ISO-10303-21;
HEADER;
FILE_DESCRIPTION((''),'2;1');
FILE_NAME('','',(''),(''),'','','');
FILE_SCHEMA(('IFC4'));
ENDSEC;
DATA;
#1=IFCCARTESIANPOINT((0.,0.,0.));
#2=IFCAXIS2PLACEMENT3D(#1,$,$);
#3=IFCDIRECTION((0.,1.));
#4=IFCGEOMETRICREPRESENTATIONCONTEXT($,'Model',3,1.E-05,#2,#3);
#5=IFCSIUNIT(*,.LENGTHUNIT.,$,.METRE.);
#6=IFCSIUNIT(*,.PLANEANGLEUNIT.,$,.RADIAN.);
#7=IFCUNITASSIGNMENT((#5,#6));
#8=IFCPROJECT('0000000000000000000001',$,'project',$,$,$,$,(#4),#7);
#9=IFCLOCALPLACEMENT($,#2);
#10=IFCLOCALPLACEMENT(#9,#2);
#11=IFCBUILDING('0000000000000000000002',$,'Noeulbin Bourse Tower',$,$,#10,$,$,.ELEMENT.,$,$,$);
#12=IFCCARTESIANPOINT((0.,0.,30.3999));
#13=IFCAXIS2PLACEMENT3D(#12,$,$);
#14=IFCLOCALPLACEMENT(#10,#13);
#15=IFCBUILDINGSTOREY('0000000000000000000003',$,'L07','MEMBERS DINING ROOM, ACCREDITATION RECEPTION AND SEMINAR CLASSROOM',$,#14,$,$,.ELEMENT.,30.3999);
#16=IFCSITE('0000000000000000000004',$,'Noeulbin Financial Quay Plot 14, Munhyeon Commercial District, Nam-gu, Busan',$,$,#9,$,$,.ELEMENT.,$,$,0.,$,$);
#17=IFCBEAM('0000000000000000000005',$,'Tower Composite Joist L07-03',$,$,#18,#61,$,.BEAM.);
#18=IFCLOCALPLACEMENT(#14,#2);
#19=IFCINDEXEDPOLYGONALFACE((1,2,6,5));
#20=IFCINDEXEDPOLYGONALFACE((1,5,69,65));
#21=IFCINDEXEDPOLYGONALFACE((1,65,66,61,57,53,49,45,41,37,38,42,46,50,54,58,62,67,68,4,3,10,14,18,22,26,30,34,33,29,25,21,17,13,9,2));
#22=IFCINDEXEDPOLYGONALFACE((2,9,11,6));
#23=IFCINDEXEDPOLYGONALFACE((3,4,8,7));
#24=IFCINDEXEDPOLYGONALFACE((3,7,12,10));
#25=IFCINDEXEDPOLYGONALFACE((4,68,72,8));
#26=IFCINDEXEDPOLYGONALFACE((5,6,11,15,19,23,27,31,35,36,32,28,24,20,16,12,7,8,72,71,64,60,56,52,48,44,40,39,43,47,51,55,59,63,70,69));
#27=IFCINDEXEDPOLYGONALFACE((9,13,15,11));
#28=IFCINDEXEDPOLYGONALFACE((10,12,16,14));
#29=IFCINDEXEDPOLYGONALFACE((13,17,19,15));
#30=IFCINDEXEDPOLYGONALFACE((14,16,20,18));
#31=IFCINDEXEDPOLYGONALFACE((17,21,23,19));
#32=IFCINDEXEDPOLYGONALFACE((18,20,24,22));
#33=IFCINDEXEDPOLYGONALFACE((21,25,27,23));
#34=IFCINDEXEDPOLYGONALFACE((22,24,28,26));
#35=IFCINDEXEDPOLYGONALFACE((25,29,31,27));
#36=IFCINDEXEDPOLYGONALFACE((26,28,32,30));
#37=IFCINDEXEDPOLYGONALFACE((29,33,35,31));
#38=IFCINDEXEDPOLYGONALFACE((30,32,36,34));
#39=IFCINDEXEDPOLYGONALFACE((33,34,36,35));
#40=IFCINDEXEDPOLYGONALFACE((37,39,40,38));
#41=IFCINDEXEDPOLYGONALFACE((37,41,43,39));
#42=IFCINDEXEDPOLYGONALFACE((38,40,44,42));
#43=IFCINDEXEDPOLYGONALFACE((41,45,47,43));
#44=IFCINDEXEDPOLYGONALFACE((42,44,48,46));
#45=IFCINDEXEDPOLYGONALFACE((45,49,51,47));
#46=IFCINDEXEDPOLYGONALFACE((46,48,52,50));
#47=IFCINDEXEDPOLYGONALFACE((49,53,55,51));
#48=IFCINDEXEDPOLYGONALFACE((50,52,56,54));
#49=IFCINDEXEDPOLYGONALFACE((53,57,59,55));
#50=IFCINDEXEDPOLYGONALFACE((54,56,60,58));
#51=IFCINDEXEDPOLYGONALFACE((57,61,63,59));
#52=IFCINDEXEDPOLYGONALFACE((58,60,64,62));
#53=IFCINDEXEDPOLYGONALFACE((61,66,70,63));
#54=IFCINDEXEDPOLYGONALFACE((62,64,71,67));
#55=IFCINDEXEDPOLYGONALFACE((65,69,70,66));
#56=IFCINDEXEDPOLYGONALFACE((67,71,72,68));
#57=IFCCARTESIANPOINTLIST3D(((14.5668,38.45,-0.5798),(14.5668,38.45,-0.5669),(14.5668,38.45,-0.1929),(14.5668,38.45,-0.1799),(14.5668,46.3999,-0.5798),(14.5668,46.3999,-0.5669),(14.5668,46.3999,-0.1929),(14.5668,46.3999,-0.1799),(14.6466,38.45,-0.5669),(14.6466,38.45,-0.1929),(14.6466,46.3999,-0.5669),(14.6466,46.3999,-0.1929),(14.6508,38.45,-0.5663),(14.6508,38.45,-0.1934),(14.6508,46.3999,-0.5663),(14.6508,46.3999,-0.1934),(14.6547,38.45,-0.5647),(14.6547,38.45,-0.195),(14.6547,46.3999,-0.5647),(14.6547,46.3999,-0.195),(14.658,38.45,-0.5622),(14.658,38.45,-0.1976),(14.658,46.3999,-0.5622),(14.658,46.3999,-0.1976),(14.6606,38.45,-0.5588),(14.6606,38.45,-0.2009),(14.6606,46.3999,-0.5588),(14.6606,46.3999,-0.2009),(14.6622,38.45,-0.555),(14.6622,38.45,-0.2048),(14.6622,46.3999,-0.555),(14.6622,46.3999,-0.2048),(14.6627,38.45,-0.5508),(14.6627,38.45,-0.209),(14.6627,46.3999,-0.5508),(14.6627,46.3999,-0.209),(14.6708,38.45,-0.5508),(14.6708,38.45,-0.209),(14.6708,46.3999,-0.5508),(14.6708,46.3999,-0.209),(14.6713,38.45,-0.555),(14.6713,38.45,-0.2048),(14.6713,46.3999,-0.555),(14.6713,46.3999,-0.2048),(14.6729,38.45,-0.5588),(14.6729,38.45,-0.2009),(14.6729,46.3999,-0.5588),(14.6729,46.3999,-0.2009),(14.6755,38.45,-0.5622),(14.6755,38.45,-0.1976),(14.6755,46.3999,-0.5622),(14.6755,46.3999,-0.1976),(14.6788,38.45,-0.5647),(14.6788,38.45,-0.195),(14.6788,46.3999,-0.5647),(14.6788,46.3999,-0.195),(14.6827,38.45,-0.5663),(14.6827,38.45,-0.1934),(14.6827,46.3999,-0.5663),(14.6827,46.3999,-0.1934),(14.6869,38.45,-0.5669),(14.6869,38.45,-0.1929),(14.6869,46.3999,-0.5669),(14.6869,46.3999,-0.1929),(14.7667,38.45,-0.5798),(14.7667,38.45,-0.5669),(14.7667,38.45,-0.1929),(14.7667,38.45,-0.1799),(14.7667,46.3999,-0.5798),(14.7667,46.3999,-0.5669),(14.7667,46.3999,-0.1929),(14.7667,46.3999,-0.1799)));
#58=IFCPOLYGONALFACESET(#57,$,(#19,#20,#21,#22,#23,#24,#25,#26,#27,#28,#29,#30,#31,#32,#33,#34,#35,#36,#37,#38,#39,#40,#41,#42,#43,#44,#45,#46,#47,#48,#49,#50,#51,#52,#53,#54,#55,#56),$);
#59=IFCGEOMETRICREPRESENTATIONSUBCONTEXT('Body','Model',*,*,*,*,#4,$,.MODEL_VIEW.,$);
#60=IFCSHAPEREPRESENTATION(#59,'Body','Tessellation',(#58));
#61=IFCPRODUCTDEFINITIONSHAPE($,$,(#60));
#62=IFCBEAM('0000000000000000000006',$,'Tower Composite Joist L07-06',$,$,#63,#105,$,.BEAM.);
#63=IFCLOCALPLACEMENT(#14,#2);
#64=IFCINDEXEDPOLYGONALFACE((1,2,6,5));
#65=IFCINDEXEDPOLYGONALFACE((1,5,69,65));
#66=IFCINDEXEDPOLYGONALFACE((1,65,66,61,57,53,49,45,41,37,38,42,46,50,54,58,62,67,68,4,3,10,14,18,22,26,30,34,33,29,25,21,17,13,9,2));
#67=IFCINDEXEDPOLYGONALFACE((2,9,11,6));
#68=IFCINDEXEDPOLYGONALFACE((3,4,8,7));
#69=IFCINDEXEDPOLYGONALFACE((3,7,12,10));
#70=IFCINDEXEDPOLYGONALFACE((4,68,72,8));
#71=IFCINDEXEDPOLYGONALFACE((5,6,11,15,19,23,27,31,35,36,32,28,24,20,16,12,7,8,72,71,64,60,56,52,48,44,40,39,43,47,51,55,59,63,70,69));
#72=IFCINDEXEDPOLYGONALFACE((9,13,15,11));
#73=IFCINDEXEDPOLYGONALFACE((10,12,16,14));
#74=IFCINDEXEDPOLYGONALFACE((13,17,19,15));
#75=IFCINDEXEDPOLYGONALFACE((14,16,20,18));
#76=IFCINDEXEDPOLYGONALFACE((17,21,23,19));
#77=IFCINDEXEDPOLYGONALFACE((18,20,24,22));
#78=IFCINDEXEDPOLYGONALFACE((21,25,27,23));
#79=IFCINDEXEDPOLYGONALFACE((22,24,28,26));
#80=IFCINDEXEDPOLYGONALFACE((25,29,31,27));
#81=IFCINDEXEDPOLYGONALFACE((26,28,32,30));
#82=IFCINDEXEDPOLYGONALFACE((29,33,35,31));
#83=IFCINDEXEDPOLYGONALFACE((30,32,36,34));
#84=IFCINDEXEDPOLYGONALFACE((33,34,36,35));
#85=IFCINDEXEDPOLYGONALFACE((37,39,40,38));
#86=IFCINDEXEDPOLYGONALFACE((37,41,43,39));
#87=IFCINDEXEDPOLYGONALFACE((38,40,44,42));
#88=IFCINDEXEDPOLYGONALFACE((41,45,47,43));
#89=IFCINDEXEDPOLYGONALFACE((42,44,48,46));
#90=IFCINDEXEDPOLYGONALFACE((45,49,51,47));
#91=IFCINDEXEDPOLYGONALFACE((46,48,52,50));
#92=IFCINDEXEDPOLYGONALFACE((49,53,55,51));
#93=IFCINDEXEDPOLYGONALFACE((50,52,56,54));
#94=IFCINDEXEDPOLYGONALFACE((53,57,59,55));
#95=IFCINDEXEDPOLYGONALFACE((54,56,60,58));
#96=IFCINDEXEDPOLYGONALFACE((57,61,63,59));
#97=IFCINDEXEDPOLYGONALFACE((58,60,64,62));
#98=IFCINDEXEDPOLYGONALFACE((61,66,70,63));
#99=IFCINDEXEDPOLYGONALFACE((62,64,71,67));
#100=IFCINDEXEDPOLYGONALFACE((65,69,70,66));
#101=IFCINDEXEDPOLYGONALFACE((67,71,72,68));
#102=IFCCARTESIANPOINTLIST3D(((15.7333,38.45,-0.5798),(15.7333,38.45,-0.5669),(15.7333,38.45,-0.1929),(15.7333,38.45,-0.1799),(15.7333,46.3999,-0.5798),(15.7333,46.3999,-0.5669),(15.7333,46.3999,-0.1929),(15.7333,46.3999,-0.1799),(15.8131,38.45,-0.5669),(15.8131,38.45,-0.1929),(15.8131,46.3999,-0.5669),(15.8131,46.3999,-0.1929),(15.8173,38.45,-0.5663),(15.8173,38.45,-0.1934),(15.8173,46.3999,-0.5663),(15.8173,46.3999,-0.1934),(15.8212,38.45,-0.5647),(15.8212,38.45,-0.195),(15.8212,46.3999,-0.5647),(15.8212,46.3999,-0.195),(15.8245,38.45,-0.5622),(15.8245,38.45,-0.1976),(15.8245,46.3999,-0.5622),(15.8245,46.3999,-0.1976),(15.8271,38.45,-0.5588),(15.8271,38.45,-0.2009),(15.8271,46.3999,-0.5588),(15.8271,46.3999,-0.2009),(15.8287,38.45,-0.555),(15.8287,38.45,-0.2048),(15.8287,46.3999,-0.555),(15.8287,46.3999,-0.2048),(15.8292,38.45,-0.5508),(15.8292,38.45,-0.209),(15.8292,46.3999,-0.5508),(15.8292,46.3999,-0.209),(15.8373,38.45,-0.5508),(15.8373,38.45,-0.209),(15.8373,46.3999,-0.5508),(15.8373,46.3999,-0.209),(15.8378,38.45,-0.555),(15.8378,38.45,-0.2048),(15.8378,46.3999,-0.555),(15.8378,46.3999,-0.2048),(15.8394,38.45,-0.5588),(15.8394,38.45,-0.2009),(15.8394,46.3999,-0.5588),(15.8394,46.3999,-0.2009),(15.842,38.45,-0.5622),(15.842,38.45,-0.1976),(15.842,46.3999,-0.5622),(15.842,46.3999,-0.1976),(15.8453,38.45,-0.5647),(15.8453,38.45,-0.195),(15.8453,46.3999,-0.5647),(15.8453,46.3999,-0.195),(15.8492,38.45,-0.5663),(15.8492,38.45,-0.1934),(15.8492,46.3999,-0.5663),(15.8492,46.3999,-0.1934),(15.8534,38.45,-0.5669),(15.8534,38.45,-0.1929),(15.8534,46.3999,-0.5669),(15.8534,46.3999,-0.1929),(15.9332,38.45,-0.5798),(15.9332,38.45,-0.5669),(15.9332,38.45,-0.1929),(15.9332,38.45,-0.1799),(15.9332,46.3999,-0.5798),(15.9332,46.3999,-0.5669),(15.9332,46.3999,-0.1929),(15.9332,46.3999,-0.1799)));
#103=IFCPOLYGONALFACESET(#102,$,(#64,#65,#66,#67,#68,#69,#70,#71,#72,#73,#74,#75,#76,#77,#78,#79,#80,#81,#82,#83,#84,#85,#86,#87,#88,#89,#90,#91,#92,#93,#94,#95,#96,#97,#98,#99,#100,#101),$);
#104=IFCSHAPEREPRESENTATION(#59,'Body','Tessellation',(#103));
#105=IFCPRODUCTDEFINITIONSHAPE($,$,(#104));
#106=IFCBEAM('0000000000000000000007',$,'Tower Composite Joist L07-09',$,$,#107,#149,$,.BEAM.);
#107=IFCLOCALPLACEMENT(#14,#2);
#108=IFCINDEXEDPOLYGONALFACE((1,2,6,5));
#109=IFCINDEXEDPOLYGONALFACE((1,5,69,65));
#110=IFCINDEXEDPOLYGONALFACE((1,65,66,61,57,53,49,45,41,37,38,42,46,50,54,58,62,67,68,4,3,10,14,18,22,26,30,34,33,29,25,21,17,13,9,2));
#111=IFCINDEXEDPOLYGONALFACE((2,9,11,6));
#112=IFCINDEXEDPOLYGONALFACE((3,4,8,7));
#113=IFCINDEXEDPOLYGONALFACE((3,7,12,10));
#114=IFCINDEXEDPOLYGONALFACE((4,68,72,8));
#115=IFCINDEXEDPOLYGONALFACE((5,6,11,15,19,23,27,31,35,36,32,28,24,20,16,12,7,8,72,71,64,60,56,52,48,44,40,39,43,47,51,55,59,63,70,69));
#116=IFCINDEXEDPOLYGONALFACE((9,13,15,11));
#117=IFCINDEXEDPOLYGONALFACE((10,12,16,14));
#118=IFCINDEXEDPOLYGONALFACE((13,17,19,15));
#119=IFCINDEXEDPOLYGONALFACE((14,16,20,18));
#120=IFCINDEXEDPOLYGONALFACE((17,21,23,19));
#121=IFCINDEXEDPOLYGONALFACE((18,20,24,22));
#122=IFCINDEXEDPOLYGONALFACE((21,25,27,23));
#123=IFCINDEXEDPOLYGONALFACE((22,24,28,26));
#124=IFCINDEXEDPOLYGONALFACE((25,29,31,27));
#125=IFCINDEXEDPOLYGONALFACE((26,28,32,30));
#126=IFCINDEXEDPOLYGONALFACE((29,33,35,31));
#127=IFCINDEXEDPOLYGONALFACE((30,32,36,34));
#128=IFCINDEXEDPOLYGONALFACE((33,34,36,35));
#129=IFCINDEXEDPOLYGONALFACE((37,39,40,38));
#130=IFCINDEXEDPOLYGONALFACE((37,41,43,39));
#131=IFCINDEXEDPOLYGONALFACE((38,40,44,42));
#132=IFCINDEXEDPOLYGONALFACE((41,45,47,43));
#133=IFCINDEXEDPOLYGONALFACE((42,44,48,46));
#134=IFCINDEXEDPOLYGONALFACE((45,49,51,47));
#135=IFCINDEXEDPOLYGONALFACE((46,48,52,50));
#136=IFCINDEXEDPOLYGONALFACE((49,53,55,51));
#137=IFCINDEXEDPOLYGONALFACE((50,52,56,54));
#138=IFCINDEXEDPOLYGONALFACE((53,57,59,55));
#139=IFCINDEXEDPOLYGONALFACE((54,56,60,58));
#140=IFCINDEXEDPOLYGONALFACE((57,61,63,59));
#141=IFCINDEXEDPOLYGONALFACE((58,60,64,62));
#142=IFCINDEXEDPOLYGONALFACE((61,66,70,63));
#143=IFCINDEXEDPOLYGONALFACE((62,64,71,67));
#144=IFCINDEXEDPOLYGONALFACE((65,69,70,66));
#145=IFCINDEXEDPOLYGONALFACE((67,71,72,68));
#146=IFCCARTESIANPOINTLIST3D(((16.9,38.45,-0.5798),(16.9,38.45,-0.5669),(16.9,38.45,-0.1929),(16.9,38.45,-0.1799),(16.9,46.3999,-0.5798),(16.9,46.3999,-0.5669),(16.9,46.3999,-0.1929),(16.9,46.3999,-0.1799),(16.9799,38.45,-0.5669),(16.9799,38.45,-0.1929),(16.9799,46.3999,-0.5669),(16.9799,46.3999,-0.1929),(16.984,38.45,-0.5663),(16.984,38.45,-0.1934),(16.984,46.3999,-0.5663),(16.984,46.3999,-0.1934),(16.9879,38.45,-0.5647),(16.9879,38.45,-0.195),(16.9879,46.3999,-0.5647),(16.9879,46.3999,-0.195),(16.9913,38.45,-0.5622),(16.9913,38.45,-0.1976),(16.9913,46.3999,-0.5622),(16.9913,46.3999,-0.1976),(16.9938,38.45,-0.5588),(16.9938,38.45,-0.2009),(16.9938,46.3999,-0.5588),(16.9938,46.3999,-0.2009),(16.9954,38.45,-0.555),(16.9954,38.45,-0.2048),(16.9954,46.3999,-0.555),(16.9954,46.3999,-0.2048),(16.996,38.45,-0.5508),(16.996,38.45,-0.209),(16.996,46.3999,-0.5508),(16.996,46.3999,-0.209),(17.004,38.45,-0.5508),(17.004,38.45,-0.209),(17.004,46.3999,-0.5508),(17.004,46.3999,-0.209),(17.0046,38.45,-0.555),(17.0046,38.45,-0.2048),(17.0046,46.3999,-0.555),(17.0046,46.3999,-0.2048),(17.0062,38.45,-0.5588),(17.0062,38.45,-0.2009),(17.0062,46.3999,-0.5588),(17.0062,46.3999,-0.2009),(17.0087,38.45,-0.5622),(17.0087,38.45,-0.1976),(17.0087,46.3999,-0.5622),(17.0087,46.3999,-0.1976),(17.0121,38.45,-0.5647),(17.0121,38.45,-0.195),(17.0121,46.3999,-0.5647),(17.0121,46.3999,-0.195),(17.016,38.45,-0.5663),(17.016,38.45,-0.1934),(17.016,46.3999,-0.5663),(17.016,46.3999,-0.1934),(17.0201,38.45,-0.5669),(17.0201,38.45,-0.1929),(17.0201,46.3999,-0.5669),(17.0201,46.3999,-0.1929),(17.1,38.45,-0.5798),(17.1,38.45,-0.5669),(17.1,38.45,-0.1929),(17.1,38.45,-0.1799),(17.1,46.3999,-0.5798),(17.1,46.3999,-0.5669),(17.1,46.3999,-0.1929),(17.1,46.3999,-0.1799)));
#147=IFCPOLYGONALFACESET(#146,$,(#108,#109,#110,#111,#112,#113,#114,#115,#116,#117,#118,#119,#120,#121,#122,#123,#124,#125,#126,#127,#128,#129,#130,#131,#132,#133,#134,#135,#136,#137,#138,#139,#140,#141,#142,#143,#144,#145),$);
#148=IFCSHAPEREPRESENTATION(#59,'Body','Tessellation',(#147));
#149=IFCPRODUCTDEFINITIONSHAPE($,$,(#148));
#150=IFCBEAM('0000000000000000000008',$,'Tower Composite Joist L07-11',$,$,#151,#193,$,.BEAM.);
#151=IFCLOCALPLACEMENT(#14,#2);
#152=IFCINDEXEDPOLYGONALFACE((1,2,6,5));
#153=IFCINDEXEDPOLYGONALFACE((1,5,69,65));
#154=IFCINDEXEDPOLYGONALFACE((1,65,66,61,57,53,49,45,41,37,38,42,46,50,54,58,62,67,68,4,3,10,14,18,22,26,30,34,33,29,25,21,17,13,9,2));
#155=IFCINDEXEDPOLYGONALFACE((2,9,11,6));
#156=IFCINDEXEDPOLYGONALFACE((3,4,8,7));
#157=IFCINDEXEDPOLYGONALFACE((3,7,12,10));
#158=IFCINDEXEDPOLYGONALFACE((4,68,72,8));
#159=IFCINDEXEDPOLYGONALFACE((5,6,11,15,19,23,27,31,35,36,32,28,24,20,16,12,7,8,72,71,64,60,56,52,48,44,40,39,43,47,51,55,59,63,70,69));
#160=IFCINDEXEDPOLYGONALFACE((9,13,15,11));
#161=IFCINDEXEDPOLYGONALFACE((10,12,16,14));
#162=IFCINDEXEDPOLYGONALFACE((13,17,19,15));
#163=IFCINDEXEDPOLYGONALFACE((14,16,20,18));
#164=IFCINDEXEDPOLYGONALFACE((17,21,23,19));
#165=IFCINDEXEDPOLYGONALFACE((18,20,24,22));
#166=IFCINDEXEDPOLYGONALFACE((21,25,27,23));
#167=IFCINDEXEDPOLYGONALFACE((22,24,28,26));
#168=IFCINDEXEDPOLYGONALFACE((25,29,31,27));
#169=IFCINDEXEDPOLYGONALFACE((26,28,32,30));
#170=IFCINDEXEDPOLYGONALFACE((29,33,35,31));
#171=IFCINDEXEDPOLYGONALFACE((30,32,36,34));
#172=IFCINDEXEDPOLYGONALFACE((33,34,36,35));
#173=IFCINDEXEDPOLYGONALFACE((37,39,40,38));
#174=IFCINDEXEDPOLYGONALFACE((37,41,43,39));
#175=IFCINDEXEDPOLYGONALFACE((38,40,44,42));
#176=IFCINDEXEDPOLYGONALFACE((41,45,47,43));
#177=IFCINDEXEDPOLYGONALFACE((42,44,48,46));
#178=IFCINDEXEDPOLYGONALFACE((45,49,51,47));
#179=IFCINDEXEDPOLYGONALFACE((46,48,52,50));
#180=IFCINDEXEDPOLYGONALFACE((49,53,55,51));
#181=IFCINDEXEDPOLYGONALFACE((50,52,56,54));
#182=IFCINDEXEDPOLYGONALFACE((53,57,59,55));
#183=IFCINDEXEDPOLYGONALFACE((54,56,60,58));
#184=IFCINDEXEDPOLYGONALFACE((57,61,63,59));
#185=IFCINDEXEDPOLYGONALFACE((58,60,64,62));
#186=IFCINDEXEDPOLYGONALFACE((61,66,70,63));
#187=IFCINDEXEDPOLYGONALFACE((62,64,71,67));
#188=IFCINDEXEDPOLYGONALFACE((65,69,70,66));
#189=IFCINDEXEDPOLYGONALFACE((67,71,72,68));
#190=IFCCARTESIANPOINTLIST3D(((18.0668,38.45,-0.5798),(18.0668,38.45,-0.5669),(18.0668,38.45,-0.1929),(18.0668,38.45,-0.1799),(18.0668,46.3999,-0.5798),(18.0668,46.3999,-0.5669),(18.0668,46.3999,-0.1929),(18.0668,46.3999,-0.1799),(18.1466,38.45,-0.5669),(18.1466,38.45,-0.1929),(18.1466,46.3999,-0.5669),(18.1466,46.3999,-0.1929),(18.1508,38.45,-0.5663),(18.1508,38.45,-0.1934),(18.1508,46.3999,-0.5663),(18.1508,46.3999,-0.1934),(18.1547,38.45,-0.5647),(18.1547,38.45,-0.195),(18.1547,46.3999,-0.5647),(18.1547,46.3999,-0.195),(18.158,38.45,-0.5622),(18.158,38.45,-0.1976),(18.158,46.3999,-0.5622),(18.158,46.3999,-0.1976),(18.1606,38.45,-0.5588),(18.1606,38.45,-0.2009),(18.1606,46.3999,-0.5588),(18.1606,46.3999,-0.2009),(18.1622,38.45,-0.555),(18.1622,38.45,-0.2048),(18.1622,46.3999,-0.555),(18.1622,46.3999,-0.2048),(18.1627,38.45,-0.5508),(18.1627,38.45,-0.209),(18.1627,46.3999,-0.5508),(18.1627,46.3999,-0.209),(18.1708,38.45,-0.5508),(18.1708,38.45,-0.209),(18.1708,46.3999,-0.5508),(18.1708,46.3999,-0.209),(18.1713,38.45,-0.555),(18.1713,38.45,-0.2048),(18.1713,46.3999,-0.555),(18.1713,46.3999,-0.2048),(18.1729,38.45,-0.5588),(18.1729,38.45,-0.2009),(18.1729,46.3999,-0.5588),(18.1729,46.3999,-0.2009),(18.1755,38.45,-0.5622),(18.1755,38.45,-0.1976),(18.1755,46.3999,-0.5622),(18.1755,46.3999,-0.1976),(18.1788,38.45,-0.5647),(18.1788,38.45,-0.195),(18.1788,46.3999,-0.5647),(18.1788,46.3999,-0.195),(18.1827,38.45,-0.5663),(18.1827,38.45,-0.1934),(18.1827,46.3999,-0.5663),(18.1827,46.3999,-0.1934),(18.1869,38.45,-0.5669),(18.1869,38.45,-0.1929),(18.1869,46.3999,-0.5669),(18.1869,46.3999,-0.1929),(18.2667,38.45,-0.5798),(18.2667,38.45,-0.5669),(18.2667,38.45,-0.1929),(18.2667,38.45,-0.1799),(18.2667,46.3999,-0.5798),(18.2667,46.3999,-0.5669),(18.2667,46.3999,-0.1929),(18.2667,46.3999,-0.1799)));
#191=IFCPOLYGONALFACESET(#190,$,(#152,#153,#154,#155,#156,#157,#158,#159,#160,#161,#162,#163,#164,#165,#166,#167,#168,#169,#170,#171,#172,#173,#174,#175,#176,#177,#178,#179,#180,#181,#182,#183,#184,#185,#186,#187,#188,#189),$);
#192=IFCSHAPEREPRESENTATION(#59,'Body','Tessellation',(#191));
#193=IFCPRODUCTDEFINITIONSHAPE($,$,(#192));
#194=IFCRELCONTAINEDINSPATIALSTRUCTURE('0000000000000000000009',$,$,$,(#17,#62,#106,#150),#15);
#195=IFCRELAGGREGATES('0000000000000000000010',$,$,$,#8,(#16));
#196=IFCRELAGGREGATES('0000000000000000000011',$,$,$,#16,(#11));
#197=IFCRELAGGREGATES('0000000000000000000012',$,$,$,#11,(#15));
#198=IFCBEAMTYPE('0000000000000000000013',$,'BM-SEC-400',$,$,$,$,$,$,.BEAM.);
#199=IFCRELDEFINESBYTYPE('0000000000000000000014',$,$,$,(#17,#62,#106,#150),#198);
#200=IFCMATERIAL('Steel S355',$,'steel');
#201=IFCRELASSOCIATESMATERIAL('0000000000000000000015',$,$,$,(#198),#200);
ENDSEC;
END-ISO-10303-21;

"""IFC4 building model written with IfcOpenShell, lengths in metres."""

from ifc_helpers import new_model, si_unit, direction, frame, origin, origin_2d, place, context, subcontext, project, spatial, i_section, extrude, material, material_profile, profile_set, type_object, element, save


model = new_model("IFC4")

# Units and contexts
model_context = context("Model", 3, precision=1e-05, world=origin(), true_north=direction((0.0, 1.0)))
body_context = subcontext(model_context, "Body", "Model", "MODEL_VIEW")
ifc_project = project(units=[si_unit("LENGTHUNIT", "METRE"), si_unit("PLANEANGLEUNIT", "RADIAN")], contexts=[model_context])

# Site, building, storey
site_placement = place(None, origin())
site = spatial("IfcSite", under=ifc_project, at=site_placement, Name="Noeulbin Financial Quay Plot 14, Munhyeon Commercial District, Nam-gu, Busan", CompositionType="ELEMENT", RefElevation=0.0)
building_placement = place(site_placement, origin())
building = spatial("IfcBuilding", under=site, at=building_placement, Name="Noeulbin Bourse Tower", CompositionType="ELEMENT")
storey_placement = place(building_placement, frame((0.0, 0.0, 30.3999)))
storey = spatial("IfcBuildingStorey", under=building, at=storey_placement, Name="L07", Description="MEMBERS DINING ROOM, ACCREDITATION RECEPTION AND SEMINAR CLASSROOM", CompositionType="ELEMENT", Elevation=30.3999)

# Beams
ifc_material_1 = material(Name="Steel S355", Category="steel")
ifc_material_profile_1 = material_profile(ifc_material_1, i_section(OverallWidth=0.2, OverallDepth=0.3999, WebThickness=0.0081, FlangeThickness=0.0129, FilletRadius=0.0161, at=origin_2d()), Name="H-400x200x8x13", Category="LoadBearing")
ifc_profile_set_1 = profile_set([ifc_material_profile_1], Name="Steel S355")
beam_type_1 = type_object("IfcBeamType", Name="BM-SEC-400", PredefinedType="BEAM", material=ifc_profile_set_1)
for number, where, z_axis, x_axis, name in (
    (1, (14.6667, 38.45, -0.3799), (0.0, 1.0, 0.0), (-1.0, 0.0, 0.0), "Tower Composite Joist L07-03"),
    (2, (15.8333, 38.45, -0.3799), (0.0, 1.0, 0.0), (-1.0, 0.0, 0.0), "Tower Composite Joist L07-06"),
    (3, (17.0, 38.45, -0.3799), (0.0, 1.0, 0.0), (-1.0, 0.0, 0.0), "Tower Composite Joist L07-09"),
    (4, (18.1667, 38.45, -0.3799), (0.0, 1.0, 0.0), (-1.0, 0.0, 0.0), "Tower Composite Joist L07-11"),
):
    element("IfcBeam", number, at=place(storey_placement, frame(where, z_axis=z_axis, x_axis=x_axis)), inside=storey, type_object=beam_type_1, Name=name, PredefinedType="BEAM", context=body_context, shape_type="SweptSolid", body=[
        extrude(i_section(OverallWidth=0.2, OverallDepth=0.3999, WebThickness=0.0081, FlangeThickness=0.0129, FilletRadius=0.0161, at=origin_2d()), origin(), (0.0, 0.0, 1.0), 7.95),
    ])

save(model, "model.ifc")
